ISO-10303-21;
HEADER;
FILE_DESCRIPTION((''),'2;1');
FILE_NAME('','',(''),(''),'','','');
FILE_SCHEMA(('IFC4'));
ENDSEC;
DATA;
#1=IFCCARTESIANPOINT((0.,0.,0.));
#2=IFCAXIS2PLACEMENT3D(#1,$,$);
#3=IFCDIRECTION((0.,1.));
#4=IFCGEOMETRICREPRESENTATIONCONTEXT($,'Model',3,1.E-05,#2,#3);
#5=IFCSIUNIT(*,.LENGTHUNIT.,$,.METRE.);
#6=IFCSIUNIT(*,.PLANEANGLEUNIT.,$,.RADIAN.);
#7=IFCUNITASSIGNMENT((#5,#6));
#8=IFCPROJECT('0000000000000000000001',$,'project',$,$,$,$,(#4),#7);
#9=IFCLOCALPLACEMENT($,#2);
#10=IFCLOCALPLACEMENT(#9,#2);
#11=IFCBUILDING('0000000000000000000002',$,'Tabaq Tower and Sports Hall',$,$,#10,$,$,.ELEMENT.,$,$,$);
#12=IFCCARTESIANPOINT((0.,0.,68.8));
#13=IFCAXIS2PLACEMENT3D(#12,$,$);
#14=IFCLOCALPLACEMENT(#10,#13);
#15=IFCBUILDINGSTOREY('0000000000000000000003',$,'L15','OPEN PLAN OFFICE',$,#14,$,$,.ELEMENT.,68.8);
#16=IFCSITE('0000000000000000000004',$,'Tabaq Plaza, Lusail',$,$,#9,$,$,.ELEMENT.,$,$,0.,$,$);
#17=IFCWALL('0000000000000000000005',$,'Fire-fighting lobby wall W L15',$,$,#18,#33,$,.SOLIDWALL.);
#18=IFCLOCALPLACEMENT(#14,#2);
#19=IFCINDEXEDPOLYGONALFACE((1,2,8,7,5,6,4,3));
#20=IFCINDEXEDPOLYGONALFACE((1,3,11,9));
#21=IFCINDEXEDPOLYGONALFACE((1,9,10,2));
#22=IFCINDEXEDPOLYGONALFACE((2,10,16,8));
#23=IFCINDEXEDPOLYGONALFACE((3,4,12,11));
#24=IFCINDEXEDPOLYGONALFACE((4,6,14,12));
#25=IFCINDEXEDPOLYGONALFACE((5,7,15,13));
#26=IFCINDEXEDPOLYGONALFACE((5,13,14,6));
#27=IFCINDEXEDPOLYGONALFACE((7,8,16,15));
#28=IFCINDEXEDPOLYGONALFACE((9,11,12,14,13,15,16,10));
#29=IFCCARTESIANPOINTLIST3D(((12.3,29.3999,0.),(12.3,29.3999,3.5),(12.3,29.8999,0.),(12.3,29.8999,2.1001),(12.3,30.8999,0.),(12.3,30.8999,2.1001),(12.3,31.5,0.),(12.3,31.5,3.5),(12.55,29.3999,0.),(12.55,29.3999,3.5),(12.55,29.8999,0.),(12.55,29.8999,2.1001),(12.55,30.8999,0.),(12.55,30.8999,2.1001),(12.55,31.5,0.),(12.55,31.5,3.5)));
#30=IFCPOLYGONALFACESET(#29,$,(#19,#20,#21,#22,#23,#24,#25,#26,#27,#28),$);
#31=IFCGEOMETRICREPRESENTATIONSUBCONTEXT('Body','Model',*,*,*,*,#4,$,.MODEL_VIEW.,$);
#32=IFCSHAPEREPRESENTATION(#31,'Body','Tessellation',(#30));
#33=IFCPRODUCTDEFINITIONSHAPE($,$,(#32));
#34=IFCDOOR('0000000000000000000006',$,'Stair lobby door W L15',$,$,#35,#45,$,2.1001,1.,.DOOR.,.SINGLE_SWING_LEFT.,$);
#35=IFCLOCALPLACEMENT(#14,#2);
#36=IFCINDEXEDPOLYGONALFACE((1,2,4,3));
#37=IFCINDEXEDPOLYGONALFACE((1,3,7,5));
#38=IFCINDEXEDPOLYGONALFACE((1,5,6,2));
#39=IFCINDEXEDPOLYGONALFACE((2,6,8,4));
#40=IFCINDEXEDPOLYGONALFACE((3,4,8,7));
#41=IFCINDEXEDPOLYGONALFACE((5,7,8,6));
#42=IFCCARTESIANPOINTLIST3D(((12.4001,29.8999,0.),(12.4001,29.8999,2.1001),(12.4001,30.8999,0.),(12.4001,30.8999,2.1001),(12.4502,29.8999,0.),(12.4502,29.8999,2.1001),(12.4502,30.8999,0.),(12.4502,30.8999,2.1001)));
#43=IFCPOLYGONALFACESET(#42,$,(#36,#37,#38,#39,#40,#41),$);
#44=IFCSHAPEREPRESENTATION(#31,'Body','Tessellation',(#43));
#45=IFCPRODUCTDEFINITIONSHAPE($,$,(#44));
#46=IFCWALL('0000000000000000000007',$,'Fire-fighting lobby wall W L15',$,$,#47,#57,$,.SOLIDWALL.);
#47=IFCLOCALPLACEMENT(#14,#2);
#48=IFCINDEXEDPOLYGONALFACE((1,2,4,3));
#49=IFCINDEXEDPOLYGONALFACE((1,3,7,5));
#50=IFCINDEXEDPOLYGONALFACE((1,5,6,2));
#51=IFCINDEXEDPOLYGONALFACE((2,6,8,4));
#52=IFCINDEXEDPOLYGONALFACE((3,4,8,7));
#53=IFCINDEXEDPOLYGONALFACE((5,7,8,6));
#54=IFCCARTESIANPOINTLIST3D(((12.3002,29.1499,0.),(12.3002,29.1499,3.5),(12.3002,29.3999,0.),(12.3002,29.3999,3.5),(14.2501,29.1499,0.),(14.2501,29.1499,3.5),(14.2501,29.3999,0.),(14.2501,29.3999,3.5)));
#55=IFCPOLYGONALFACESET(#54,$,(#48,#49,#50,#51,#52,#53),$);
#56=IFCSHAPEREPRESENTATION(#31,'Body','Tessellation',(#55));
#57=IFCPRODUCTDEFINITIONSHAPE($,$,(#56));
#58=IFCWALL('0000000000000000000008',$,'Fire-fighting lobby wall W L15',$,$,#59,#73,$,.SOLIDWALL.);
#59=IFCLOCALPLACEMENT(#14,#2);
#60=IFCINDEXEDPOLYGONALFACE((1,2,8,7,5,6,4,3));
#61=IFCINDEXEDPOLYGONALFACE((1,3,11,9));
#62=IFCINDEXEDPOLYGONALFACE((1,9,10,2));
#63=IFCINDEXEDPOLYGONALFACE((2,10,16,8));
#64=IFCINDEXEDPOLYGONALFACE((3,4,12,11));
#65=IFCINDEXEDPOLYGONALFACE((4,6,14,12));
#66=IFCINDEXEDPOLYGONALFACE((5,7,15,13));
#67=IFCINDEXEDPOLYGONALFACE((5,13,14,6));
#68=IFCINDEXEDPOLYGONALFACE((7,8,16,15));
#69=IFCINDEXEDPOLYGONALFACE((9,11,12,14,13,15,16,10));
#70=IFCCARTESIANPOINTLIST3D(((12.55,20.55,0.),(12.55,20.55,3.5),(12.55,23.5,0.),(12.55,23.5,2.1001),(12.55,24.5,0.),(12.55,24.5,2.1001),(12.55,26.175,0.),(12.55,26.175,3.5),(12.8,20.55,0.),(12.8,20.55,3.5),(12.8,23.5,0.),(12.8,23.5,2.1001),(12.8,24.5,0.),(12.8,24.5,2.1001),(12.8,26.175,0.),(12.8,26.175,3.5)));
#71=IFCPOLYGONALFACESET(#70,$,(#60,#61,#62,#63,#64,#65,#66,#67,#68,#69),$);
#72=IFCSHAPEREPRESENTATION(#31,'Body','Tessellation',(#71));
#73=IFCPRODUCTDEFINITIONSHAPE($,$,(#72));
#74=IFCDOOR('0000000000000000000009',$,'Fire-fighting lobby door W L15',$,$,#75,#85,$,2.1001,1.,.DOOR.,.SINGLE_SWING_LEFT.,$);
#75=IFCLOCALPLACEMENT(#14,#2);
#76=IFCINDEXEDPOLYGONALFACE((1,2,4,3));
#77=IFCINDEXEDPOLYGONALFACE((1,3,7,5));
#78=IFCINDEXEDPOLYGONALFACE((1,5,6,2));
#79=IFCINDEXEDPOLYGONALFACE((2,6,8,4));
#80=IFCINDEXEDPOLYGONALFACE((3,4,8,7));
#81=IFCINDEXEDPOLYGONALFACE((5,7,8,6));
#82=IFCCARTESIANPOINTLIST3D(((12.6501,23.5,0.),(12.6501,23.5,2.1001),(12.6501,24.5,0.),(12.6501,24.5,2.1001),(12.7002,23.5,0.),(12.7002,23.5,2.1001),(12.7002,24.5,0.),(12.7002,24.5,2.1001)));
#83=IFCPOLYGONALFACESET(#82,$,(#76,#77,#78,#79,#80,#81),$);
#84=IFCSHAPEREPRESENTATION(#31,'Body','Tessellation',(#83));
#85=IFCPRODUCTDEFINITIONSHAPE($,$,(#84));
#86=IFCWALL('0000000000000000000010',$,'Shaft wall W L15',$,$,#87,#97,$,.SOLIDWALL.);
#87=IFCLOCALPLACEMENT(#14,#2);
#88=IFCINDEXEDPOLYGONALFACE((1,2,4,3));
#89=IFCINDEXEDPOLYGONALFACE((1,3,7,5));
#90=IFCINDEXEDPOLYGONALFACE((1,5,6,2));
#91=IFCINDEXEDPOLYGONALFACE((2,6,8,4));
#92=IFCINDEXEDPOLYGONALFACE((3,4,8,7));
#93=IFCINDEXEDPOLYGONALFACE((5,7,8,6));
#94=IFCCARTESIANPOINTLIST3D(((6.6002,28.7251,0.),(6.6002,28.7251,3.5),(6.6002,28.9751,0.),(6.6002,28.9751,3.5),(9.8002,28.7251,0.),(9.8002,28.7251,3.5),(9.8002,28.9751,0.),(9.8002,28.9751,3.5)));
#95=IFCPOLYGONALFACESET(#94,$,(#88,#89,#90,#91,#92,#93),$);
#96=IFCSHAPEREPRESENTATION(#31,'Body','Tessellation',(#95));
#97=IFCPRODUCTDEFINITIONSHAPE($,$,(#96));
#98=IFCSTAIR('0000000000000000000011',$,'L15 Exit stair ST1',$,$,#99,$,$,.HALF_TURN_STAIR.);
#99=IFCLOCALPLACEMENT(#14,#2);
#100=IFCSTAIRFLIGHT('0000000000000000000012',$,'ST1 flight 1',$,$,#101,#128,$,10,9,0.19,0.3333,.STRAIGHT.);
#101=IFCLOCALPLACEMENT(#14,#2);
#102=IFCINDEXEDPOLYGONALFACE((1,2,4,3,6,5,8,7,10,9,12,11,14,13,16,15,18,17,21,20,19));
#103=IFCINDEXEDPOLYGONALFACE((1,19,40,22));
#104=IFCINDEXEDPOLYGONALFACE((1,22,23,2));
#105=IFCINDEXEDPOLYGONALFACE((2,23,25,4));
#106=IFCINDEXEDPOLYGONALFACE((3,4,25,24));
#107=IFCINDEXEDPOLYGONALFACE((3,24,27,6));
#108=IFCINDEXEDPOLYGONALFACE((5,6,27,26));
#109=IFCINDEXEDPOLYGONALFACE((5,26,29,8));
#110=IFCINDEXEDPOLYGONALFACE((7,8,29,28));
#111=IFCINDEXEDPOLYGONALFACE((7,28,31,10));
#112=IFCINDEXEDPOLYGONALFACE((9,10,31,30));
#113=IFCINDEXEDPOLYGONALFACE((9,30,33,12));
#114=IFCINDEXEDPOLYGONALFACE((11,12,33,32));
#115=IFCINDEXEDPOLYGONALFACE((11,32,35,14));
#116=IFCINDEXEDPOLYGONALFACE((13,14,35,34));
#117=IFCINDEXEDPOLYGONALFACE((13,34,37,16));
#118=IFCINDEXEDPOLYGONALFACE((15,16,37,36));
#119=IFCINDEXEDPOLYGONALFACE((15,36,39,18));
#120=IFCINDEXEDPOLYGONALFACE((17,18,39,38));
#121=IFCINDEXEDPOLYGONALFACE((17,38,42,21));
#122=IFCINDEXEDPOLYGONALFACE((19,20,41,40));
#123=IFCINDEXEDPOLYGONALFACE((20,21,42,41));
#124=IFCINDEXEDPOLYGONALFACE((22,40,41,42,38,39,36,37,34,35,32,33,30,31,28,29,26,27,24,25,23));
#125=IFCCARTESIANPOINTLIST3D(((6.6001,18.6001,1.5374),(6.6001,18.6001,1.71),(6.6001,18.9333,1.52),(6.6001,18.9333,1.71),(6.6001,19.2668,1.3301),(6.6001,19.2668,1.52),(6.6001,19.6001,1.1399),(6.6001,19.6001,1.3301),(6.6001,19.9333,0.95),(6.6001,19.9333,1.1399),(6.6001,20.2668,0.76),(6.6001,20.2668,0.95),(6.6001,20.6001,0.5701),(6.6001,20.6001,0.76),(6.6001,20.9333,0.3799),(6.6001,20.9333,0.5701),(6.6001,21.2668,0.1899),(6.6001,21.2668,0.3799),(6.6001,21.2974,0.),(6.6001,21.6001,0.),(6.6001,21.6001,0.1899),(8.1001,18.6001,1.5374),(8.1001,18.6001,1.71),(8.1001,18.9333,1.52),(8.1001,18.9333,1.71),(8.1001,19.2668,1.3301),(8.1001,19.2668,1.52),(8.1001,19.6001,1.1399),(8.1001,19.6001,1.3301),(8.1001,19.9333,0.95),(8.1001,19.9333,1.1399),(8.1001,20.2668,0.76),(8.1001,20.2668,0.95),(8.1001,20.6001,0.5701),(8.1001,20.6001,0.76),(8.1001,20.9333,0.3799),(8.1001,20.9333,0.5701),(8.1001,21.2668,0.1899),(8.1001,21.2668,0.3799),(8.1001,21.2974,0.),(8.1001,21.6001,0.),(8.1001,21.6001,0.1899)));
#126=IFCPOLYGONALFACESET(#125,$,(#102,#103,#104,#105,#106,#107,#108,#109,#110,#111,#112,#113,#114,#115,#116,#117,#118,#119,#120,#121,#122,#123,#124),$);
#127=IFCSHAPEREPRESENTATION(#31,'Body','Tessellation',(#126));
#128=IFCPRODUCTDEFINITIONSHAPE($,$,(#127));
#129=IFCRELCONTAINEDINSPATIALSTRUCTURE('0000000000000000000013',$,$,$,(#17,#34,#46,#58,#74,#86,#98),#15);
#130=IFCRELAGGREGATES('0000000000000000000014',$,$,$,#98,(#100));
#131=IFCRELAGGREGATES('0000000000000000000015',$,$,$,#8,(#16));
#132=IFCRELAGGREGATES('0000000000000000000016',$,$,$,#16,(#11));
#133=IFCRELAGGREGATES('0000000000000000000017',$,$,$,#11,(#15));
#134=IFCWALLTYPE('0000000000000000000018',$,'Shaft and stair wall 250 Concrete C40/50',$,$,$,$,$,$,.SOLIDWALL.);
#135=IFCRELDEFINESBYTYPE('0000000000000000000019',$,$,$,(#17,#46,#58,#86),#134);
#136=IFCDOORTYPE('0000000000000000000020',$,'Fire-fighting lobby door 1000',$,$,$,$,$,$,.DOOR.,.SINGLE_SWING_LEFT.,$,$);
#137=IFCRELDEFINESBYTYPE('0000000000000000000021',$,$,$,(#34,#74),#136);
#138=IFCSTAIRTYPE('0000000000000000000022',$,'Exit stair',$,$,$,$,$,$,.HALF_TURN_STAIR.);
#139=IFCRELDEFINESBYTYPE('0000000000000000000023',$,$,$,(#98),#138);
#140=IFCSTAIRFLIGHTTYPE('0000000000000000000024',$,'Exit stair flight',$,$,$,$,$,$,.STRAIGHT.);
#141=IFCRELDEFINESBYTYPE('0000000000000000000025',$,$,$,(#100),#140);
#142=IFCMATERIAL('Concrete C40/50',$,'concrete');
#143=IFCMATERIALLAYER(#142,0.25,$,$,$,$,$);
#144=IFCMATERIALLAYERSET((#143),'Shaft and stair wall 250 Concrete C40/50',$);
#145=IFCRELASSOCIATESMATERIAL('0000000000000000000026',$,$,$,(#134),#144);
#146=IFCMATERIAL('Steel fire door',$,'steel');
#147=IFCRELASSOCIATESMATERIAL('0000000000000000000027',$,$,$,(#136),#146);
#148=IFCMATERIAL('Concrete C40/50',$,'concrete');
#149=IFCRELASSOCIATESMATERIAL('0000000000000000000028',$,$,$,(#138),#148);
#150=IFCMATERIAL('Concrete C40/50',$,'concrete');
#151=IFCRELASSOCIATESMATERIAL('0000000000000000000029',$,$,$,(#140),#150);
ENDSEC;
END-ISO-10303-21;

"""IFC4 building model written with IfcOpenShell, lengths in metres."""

from ifc_helpers import new_model, si_unit, direction, frame, frame_2d, origin, place, context, subcontext, project, spatial, polyline, rectangle, outline, extrude, material, layer, layer_set, type_object, element, fill, aggregate, save


model = new_model("IFC4")

# Units and contexts
model_context = context("Model", 3, precision=1e-05, world=origin(), true_north=direction((0.0, 1.0)))
body_context = subcontext(model_context, "Body", "Model", "MODEL_VIEW")
ifc_project = project(units=[si_unit("LENGTHUNIT", "METRE"), si_unit("PLANEANGLEUNIT", "RADIAN")], contexts=[model_context])

# Site, building, storey
site_placement = place(None, origin())
site = spatial("IfcSite", under=ifc_project, at=site_placement, Name="Tabaq Plaza, Lusail", CompositionType="ELEMENT", RefElevation=0.0)
building_placement = place(site_placement, origin())
building = spatial("IfcBuilding", under=site, at=building_placement, Name="Tabaq Tower and Sports Hall", CompositionType="ELEMENT")
storey_placement = place(building_placement, frame((0.0, 0.0, 68.8)))
storey = spatial("IfcBuildingStorey", under=building, at=storey_placement, Name="L15", Description="OPEN PLAN OFFICE", CompositionType="ELEMENT", Elevation=68.8)

# Shared definitions
ifc_material_1 = material(Name="Concrete C40/50", Category="concrete")
ifc_layer_1 = layer(ifc_material_1, 0.25)
ifc_layer_set_1 = layer_set([ifc_layer_1], Name="Shaft and stair wall 250 Concrete C40/50")
wall_type_1 = type_object("IfcWallType", Name="Shaft and stair wall 250 Concrete C40/50", PredefinedType="SOLIDWALL", material=ifc_layer_set_1)

# Wall, opening, door
wall_1_placement = place(storey_placement, frame((12.425, 29.3999, 0.0), z_axis=(0.0, 0.0, 1.0), x_axis=(0.0, 1.0, 0.0)))
wall_1 = element("IfcWall", 1, at=wall_1_placement, inside=storey, type_object=wall_type_1, Name="Fire-fighting lobby wall W L15", PredefinedType="SOLIDWALL", context=body_context, shape_type="SweptSolid", body=[
    extrude(rectangle(XDim=2.1001, YDim=0.25, at=frame_2d((1.05, 0.0))), origin(), (0.0, 0.0, 1.0), 3.5),
])
opening_1_placement = place(wall_1_placement, frame((0.5, 0.0, 0.0)))
opening_1 = element("IfcOpeningElement", 2, at=opening_1_placement, cuts=wall_1, PredefinedType="OPENING", context=body_context, shape_type="SweptSolid", body=[
    extrude(rectangle(XDim=1.0, YDim=2.1001, at=frame_2d((0.5, 1.05))), frame((0.0, 0.125, 0.0), z_axis=(0.0, -1.0, 0.0), x_axis=(1.0, 0.0, 0.0)), (0.0, 0.0, 1.0), 0.25),
])
ifc_material_2 = material(Name="Steel fire door", Category="steel")
door_type_1 = type_object("IfcDoorType", Name="Fire-fighting lobby door 1000", OperationType="SINGLE_SWING_LEFT", PredefinedType="DOOR", material=ifc_material_2)
door_1_placement = place(opening_1_placement, origin())
door_1 = element("IfcDoor", 3, at=door_1_placement, inside=storey, type_object=door_type_1, Name="Stair lobby door W L15", OperationType="SINGLE_SWING_LEFT", OverallHeight=2.1001, OverallWidth=1.0, PredefinedType="DOOR", context=body_context, shape_type="SweptSolid", body=[
    extrude(rectangle(XDim=1.0, YDim=2.1001, at=frame_2d((0.5, 1.05))), frame((0.0, 0.0249, 0.0), z_axis=(0.0, -1.0, 0.0), x_axis=(1.0, 0.0, 0.0)), (0.0, 0.0, 1.0), 0.05),
])
fill(opening_1, door_1)

# Wall
wall_2_placement = place(storey_placement, frame((12.3, 29.2749, 0.0), z_axis=(0.0, 0.0, 1.0), x_axis=(1.0, 0.0, 0.0)))
element("IfcWall", 4, at=wall_2_placement, inside=storey, type_object=wall_type_1, Name="Fire-fighting lobby wall W L15", PredefinedType="SOLIDWALL", context=body_context, shape_type="SweptSolid", body=[
    extrude(rectangle(XDim=1.95, YDim=0.25, at=frame_2d((0.9751, 0.0))), origin(), (0.0, 0.0, 1.0), 3.5),
])

# Wall, opening, door
wall_3_placement = place(storey_placement, frame((12.675, 20.55, 0.0), z_axis=(0.0, 0.0, 1.0), x_axis=(0.0, 1.0, 0.0)))
wall_3 = element("IfcWall", 5, at=wall_3_placement, inside=storey, type_object=wall_type_1, Name="Fire-fighting lobby wall W L15", PredefinedType="SOLIDWALL", context=body_context, shape_type="SweptSolid", body=[
    extrude(rectangle(XDim=5.625, YDim=0.25, at=frame_2d((2.8125, 0.0))), origin(), (0.0, 0.0, 1.0), 3.5),
])
opening_2_placement = place(wall_3_placement, frame((2.95, 0.0, 0.0)))
opening_2 = element("IfcOpeningElement", 6, at=opening_2_placement, cuts=wall_3, PredefinedType="OPENING", context=body_context, shape_type="SweptSolid", body=[
    extrude(rectangle(XDim=1.0, YDim=2.1001, at=frame_2d((0.5, 1.05))), frame((0.0, 0.125, 0.0), z_axis=(0.0, -1.0, 0.0), x_axis=(1.0, 0.0, 0.0)), (0.0, 0.0, 1.0), 0.25),
])
door_2_placement = place(opening_2_placement, origin())
door_2 = element("IfcDoor", 7, at=door_2_placement, inside=storey, type_object=door_type_1, Name="Fire-fighting lobby door W L15", OperationType="SINGLE_SWING_LEFT", OverallHeight=2.1001, OverallWidth=1.0, PredefinedType="DOOR", context=body_context, shape_type="SweptSolid", body=[
    extrude(rectangle(XDim=1.0, YDim=2.1001, at=frame_2d((0.5, 1.05))), frame((0.0, 0.0249, 0.0), z_axis=(0.0, -1.0, 0.0), x_axis=(1.0, 0.0, 0.0)), (0.0, 0.0, 1.0), 0.05),
])
fill(opening_2, door_2)

# Wall
wall_4_placement = place(storey_placement, frame((6.6001, 28.8501, 0.0), z_axis=(0.0, 0.0, 1.0), x_axis=(1.0, 0.0, 0.0)))
element("IfcWall", 8, at=wall_4_placement, inside=storey, type_object=wall_type_1, Name="Shaft wall W L15", PredefinedType="SOLIDWALL", context=body_context, shape_type="SweptSolid", body=[
    extrude(rectangle(XDim=3.2, YDim=0.25, at=frame_2d((1.6001, 0.0))), origin(), (0.0, 0.0, 1.0), 3.5),
])

# Stair, stair flight
ifc_material_3 = material(Name="Concrete C40/50", Category="concrete")
stair_type = type_object("IfcStairType", Name="Exit stair", PredefinedType="HALF_TURN_STAIR", material=ifc_material_3)
stair_placement = place(storey_placement, origin())
stair = element("IfcStair", 9, at=stair_placement, inside=storey, type_object=stair_type, Name="L15 Exit stair ST1", PredefinedType="HALF_TURN_STAIR")
ifc_material_4 = material(Name="Concrete C40/50", Category="concrete")
stair_flight_type = type_object("IfcStairFlightType", Name="Exit stair flight", PredefinedType="STRAIGHT", material=ifc_material_4)
stair_flight_placement = place(storey_placement, frame((7.3501, 21.6001, 0.0), z_axis=(0.0, 0.0, 1.0), x_axis=(0.0, -1.0, 0.0)))
stair_flight = element("IfcStairFlight", 10, at=stair_flight_placement, type_object=stair_flight_type, Name="ST1 flight 1", NumberOfRisers=10, NumberOfTreads=9, PredefinedType="STRAIGHT", RiserHeight=0.19, TreadLength=0.3333, context=body_context, shape_type="SweptSolid", body=[
    extrude(outline(polyline([(0.0, 0.0), (0.0, 0.1899), (0.3333, 0.1899), (0.3333, 0.3799), (0.6667, 0.3799), (0.6667, 0.5701), (1.0, 0.5701), (1.0, 0.76), (1.3333, 0.76), (1.3333, 0.95), (1.6667, 0.95), (1.6667, 1.1399), (2.0, 1.1399), (2.0, 1.3301), (2.3333, 1.3301), (2.3333, 1.52), (2.6667, 1.52), (2.6667, 1.71), (3.0, 1.71), (3.0, 1.8999), (3.0, 1.5374), (0.3027, 0.0), (0.0, 0.0)])), frame((0.0, 0.75, 0.0), z_axis=(0.0, -1.0, 0.0), x_axis=(1.0, 0.0, 0.0)), (0.0, 0.0, 1.0), 1.5),
])
aggregate(stair, [stair_flight])

save(model, "model.ifc")
